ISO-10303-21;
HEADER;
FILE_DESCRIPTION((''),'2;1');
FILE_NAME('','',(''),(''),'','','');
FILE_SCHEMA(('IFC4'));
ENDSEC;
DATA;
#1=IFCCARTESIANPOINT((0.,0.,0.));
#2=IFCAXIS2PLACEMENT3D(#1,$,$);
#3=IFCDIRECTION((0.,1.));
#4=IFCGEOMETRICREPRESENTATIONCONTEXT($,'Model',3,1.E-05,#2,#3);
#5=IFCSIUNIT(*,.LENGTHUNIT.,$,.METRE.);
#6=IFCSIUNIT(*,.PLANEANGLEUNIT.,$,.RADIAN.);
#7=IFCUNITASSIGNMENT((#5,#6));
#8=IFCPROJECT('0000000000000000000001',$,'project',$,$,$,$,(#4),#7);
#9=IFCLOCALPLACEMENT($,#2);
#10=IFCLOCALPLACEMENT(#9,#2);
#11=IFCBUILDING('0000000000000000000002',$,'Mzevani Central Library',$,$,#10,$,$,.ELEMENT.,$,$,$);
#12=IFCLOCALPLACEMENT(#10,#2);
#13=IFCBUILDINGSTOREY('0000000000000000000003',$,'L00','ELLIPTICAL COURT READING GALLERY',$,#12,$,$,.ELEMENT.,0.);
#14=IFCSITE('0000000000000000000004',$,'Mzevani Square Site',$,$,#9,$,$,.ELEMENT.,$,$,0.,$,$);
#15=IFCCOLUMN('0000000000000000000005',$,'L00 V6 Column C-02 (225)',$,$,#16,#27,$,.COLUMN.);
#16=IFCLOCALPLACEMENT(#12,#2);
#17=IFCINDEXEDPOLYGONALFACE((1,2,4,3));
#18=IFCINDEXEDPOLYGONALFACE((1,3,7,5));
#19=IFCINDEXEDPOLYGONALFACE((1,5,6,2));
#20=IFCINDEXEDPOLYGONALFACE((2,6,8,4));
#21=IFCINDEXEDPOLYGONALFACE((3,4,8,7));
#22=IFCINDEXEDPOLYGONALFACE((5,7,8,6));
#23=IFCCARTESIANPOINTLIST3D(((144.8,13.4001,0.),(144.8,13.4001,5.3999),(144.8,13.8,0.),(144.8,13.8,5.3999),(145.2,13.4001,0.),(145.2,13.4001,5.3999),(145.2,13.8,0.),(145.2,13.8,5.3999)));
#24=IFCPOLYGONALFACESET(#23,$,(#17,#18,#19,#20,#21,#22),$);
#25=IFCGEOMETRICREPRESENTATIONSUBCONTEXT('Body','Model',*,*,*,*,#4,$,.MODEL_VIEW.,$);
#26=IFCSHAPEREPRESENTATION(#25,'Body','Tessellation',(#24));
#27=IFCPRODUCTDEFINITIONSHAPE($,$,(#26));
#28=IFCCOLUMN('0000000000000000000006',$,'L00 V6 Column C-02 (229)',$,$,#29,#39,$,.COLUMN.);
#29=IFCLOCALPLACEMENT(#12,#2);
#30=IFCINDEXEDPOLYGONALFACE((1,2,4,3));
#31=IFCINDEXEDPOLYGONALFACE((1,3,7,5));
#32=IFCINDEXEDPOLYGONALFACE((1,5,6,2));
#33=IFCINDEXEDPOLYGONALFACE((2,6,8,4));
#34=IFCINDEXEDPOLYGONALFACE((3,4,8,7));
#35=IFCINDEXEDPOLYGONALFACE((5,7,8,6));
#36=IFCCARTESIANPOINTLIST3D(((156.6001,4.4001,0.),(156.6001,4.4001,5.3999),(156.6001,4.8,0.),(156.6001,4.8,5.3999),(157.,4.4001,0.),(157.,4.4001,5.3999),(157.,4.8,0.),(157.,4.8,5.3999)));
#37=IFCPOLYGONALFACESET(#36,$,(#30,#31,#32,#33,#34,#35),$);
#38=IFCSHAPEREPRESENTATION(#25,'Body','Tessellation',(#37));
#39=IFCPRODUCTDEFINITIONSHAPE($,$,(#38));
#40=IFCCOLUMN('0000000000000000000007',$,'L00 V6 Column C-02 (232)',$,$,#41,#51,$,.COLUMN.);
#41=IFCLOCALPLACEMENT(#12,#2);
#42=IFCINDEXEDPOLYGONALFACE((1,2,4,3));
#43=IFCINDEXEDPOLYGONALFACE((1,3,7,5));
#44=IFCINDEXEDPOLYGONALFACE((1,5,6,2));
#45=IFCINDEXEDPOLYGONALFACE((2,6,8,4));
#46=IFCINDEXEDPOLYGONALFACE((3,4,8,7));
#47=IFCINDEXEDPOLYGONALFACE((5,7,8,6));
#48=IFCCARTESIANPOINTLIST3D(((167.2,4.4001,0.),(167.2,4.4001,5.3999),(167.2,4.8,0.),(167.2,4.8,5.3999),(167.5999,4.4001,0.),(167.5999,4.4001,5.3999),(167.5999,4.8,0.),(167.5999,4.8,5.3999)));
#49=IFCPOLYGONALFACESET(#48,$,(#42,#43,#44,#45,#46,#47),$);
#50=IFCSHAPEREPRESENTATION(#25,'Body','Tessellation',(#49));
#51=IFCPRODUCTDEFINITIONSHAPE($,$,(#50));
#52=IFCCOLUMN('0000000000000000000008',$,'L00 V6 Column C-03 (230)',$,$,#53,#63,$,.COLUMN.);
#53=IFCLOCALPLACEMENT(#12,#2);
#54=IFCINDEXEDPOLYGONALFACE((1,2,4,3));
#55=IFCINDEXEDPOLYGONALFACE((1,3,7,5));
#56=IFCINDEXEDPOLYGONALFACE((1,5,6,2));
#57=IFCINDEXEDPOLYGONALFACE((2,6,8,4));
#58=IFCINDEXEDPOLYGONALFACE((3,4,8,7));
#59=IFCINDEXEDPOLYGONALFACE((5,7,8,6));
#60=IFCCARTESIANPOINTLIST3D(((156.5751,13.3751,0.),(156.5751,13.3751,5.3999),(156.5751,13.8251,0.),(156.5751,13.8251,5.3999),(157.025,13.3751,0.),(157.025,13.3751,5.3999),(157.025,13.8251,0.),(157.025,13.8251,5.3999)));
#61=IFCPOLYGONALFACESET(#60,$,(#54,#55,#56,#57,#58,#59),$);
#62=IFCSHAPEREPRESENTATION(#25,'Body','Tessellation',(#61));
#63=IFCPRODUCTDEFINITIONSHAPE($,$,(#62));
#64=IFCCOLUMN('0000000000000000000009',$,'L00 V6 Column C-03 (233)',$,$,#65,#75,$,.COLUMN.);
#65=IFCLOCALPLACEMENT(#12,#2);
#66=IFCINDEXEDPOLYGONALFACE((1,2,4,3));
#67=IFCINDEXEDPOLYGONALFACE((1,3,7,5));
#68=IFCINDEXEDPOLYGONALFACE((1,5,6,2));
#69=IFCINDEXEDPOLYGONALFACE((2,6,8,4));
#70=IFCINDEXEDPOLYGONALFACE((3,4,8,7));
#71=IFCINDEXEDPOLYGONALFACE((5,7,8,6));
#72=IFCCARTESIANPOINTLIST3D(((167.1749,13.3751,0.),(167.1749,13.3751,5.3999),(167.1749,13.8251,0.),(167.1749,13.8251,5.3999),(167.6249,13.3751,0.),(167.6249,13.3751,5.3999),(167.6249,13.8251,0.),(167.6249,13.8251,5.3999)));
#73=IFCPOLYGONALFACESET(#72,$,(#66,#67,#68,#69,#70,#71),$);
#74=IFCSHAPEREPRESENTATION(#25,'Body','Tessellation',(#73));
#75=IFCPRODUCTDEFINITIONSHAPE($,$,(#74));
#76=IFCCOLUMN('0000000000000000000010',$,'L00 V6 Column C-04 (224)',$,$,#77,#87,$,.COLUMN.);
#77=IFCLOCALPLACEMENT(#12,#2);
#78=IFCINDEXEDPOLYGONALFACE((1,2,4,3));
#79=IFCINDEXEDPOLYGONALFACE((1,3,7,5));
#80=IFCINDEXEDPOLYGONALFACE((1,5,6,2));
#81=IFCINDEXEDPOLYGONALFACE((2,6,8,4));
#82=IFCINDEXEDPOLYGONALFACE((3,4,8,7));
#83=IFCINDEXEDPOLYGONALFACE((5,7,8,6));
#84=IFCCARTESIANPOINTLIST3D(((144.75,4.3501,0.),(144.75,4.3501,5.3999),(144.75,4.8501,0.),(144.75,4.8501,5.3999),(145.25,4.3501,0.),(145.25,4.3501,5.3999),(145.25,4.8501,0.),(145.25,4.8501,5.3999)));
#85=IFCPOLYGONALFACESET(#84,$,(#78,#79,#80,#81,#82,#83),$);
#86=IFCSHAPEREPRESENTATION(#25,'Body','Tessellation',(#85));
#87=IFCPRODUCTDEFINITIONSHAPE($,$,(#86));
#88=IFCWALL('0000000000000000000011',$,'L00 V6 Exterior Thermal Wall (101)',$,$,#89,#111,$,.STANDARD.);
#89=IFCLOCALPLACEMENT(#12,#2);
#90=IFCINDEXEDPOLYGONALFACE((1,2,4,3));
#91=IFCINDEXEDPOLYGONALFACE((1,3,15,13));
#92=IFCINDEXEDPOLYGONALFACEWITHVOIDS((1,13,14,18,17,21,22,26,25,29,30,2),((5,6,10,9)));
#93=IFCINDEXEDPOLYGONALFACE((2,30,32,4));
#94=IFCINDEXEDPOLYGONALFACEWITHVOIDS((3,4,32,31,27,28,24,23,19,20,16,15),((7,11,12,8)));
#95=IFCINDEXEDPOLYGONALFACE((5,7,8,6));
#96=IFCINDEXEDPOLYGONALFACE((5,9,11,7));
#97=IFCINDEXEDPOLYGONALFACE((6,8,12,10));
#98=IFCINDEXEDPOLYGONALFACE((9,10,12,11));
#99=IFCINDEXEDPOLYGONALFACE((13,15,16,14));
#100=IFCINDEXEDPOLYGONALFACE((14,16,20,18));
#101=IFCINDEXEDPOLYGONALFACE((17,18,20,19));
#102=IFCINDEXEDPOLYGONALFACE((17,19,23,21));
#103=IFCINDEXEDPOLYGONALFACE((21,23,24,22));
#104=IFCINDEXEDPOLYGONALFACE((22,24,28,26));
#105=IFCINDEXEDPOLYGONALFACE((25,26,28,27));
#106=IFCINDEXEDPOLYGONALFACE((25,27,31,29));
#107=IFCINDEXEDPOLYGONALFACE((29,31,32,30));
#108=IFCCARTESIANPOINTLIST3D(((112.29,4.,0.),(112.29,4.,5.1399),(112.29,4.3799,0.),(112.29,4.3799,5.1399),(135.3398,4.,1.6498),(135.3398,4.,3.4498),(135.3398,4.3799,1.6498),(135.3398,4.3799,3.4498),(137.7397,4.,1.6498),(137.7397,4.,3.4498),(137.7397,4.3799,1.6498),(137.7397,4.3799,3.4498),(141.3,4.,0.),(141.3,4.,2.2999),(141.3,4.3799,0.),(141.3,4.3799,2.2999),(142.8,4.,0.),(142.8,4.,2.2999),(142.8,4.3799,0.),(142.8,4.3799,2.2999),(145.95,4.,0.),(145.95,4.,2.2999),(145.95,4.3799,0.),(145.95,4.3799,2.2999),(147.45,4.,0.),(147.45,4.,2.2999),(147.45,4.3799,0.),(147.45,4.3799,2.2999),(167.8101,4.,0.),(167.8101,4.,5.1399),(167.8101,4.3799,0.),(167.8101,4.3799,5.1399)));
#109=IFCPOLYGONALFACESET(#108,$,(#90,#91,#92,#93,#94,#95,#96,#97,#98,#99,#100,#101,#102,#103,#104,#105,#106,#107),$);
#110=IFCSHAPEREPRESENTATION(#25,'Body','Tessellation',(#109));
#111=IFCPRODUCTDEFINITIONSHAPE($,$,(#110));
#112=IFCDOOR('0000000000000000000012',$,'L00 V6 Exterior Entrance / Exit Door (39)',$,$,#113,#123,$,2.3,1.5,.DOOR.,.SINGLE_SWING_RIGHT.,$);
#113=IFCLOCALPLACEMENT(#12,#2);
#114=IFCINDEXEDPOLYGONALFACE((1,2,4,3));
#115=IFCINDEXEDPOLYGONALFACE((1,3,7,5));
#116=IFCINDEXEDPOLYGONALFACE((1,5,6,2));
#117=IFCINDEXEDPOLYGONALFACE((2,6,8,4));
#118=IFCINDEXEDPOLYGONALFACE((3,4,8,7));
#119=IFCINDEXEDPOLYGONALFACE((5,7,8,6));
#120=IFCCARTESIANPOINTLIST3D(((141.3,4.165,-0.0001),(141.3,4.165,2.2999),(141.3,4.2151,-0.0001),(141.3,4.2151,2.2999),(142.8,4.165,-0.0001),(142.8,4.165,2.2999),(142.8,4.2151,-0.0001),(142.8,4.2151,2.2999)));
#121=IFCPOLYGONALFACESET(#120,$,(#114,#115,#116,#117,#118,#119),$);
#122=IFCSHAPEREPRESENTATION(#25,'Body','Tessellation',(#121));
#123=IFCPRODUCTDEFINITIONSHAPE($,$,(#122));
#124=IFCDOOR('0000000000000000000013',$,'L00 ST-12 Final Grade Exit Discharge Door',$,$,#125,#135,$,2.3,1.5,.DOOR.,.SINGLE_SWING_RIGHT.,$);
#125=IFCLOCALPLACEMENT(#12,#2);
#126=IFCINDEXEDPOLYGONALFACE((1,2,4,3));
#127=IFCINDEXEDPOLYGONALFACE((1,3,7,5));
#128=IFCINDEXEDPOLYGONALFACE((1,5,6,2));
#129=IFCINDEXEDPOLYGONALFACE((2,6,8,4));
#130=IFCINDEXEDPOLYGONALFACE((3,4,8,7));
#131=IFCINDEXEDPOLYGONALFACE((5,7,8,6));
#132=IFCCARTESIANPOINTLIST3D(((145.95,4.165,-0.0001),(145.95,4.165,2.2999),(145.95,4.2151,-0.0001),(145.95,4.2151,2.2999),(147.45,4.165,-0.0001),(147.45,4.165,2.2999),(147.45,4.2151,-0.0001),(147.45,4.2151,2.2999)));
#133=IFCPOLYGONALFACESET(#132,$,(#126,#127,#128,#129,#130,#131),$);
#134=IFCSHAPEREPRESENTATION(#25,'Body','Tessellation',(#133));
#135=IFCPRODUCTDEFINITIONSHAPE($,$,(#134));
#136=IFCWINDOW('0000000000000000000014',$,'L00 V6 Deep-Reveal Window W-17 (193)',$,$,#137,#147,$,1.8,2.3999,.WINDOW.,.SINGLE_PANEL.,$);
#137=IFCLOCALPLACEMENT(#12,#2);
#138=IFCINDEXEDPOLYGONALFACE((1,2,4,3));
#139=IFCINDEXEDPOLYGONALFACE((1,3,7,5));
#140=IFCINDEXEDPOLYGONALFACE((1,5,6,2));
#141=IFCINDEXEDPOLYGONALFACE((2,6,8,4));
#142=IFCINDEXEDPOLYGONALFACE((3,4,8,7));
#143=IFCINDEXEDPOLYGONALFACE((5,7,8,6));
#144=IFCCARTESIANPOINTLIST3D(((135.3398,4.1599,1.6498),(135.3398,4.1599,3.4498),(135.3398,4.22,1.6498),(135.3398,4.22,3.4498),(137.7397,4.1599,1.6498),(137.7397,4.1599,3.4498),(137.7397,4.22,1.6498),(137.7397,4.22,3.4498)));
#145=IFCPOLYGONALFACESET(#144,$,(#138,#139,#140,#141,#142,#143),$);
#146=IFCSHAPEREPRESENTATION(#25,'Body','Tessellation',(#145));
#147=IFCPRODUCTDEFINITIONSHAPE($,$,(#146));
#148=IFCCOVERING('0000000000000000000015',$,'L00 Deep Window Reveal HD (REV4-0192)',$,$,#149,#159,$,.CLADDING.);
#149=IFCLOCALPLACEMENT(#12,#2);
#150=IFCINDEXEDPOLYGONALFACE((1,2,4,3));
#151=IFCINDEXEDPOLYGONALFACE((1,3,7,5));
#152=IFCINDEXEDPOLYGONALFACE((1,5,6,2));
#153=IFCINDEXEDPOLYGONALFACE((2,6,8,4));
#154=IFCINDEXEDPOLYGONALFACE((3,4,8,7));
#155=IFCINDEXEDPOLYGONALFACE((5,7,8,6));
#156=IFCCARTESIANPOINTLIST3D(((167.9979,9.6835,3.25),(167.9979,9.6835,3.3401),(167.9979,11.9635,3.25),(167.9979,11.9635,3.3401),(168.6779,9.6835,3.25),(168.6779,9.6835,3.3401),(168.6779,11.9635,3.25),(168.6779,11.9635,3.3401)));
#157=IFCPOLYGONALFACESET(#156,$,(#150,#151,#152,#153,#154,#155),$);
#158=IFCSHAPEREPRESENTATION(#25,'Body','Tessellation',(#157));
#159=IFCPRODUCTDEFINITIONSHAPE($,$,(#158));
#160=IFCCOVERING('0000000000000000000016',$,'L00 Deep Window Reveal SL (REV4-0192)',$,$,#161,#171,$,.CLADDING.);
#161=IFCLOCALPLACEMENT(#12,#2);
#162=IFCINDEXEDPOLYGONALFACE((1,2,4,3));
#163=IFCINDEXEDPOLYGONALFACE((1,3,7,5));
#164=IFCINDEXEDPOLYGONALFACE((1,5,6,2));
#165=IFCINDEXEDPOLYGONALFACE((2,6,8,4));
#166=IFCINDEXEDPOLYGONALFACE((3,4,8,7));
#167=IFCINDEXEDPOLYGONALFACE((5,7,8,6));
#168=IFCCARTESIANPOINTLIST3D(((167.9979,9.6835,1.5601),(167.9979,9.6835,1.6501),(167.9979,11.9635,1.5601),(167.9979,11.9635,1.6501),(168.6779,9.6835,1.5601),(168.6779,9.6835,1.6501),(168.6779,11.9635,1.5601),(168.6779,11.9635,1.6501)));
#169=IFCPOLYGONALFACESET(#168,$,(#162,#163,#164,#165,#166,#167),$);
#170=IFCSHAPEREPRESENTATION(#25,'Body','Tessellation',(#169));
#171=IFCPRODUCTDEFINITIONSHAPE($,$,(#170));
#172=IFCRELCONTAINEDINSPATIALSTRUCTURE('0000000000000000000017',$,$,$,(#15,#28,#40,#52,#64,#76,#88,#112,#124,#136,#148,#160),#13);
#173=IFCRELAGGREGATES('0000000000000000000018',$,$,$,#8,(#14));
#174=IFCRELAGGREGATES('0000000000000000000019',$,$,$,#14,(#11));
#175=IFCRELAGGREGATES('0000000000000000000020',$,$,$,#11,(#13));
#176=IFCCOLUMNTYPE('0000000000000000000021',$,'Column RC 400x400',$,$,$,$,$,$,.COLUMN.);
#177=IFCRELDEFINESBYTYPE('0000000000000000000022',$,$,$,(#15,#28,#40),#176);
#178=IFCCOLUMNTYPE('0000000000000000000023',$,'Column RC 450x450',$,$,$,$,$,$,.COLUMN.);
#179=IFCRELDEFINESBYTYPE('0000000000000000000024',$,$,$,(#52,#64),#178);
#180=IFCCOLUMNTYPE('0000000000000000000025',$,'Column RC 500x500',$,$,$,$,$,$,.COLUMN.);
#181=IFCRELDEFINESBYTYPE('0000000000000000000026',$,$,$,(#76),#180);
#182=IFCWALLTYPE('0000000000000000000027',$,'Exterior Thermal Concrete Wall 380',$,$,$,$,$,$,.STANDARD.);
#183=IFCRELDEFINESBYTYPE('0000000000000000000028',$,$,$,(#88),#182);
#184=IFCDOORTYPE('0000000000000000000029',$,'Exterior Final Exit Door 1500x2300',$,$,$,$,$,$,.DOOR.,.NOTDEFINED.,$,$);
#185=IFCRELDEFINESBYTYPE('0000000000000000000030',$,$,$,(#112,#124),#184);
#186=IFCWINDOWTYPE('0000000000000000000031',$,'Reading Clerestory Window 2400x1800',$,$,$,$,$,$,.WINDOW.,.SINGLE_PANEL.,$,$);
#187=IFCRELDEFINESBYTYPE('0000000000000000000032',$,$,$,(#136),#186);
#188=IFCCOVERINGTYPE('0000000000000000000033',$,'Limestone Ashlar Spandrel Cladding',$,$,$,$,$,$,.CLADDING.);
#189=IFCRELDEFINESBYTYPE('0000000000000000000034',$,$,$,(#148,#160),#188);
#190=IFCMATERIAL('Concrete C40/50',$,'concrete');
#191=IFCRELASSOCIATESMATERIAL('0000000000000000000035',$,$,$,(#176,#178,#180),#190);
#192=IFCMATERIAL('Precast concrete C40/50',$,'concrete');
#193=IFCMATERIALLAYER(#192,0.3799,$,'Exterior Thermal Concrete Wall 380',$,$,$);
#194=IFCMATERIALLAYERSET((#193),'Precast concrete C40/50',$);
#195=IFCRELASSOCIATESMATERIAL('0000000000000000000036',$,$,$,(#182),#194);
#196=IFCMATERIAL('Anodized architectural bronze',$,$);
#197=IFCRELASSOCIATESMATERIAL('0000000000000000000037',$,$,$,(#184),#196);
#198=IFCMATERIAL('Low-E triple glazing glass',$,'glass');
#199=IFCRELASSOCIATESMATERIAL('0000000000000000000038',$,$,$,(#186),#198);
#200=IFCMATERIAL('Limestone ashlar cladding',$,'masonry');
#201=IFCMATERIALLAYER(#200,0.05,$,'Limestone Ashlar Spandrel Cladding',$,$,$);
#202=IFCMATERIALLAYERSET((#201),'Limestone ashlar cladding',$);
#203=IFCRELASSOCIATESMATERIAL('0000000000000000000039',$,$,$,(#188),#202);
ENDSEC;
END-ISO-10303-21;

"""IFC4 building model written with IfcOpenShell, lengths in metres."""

from ifc_helpers import new_model, si_unit, direction, frame, frame_2d, origin, origin_2d, place, context, subcontext, project, spatial, rectangle, extrude, material, layer, layer_set, material_profile, profile_set, type_object, element, fill, save


model = new_model("IFC4")

# Units and contexts
model_context = context("Model", 3, precision=1e-05, world=origin(), true_north=direction((0.0, 1.0)))
body_context = subcontext(model_context, "Body", "Model", "MODEL_VIEW")
ifc_project = project(units=[si_unit("LENGTHUNIT", "METRE"), si_unit("PLANEANGLEUNIT", "RADIAN")], contexts=[model_context])

# Site, building, storey
site_placement = place(None, origin())
site = spatial("IfcSite", under=ifc_project, at=site_placement, Name="Mzevani Square Site", CompositionType="ELEMENT", RefElevation=0.0)
building_placement = place(site_placement, origin())
building = spatial("IfcBuilding", under=site, at=building_placement, Name="Mzevani Central Library", CompositionType="ELEMENT")
storey_placement = place(building_placement, origin())
storey = spatial("IfcBuildingStorey", under=building, at=storey_placement, Name="L00", Description="ELLIPTICAL COURT READING GALLERY", CompositionType="ELEMENT", Elevation=0.0)

# Columns
ifc_material_1 = material(Name="Concrete C40/50", Category="concrete")
ifc_material_profile_1 = material_profile(ifc_material_1, rectangle(XDim=0.3999, YDim=0.3999, at=origin_2d()), Name="RC 400x400")
ifc_profile_set_1 = profile_set([ifc_material_profile_1], Name="Concrete C40/50")
column_type_1 = type_object("IfcColumnType", Name="Column RC 400x400", PredefinedType="COLUMN", material=ifc_profile_set_1)
for number, where, z_axis, x_axis, name in (
    (1, (145.0, 13.6001, 0.0), (0.0, 0.0, 1.0), (1.0, 0.0, 0.0), "L00 V6 Column C-02 (225)"),
    (2, (156.8, 4.6001, 0.0), (0.0, 0.0, 1.0), (1.0, 0.0, 0.0), "L00 V6 Column C-02 (229)"),
    (3, (167.3999, 4.6001, 0.0), (0.0, 0.0, 1.0), (1.0, 0.0, 0.0), "L00 V6 Column C-02 (232)"),
):
    element("IfcColumn", number, at=place(storey_placement, frame(where, z_axis=z_axis, x_axis=x_axis)), inside=storey, type_object=column_type_1, Name=name, PredefinedType="COLUMN", context=body_context, shape_type="SweptSolid", body=[
        extrude(rectangle(XDim=0.3999, YDim=0.3999, at=origin_2d()), origin(), (0.0, 0.0, 1.0), 5.3999),
    ])
ifc_material_profile_2 = material_profile(ifc_material_1, rectangle(XDim=0.45, YDim=0.45, at=origin_2d()), Name="RC 450x450")
ifc_profile_set_2 = profile_set([ifc_material_profile_2], Name="Concrete C40/50")
column_type_2 = type_object("IfcColumnType", Name="Column RC 450x450", PredefinedType="COLUMN", material=ifc_profile_set_2)
for number, where, z_axis, x_axis, name in (
    (4, (156.8, 13.6001, 0.0), (0.0, 0.0, 1.0), (1.0, 0.0, 0.0), "L00 V6 Column C-03 (230)"),
    (5, (167.3999, 13.6001, 0.0), (0.0, 0.0, 1.0), (1.0, 0.0, 0.0), "L00 V6 Column C-03 (233)"),
):
    element("IfcColumn", number, at=place(storey_placement, frame(where, z_axis=z_axis, x_axis=x_axis)), inside=storey, type_object=column_type_2, Name=name, PredefinedType="COLUMN", context=body_context, shape_type="SweptSolid", body=[
        extrude(rectangle(XDim=0.45, YDim=0.45, at=origin_2d()), origin(), (0.0, 0.0, 1.0), 5.3999),
    ])
ifc_material_profile_3 = material_profile(ifc_material_1, rectangle(XDim=0.5, YDim=0.5, at=origin_2d()), Name="RC 500x500")
ifc_profile_set_3 = profile_set([ifc_material_profile_3], Name="Concrete C40/50")
column_type_3 = type_object("IfcColumnType", Name="Column RC 500x500", PredefinedType="COLUMN", material=ifc_profile_set_3)
column_placement = place(storey_placement, frame((145.0, 4.6001, 0.0), z_axis=(0.0, 0.0, 1.0), x_axis=(1.0, 0.0, 0.0)))
element("IfcColumn", 6, at=column_placement, inside=storey, type_object=column_type_3, Name="L00 V6 Column C-04 (224)", PredefinedType="COLUMN", context=body_context, shape_type="SweptSolid", body=[
    extrude(rectangle(XDim=0.5, YDim=0.5, at=origin_2d()), origin(), (0.0, 0.0, 1.0), 5.3999),
])

# Wall, openings, doors, window
ifc_material_2 = material(Name="Precast concrete C40/50", Category="concrete")
ifc_layer_1 = layer(ifc_material_2, 0.3799, Name="Exterior Thermal Concrete Wall 380")
ifc_layer_set_1 = layer_set([ifc_layer_1], Name="Precast concrete C40/50")
wall_type = type_object("IfcWallType", Name="Exterior Thermal Concrete Wall 380", PredefinedType="STANDARD", material=ifc_layer_set_1)
wall_placement = place(storey_placement, frame((167.8101, 4.1899, 0.0), z_axis=(0.0, 0.0, 1.0), x_axis=(-1.0, 0.0, 0.0)))
wall = element("IfcWall", 7, at=wall_placement, inside=storey, type_object=wall_type, Name="L00 V6 Exterior Thermal Wall (101)", PredefinedType="STANDARD", context=body_context, shape_type="SweptSolid", body=[
    extrude(rectangle(XDim=55.52, YDim=0.3799, at=frame_2d((27.76, 0.0))), origin(), (0.0, 0.0, 1.0), 5.1399),
])
opening_1_placement = place(wall_placement, frame((25.01, 0.0, 0.0)))
opening_1 = element("IfcOpeningElement", 8, at=opening_1_placement, cuts=wall, PredefinedType="OPENING", context=body_context, shape_type="SweptSolid", body=[
    extrude(rectangle(XDim=1.5, YDim=2.3, at=frame_2d((0.75, 1.1499))), frame((0.0, 0.2, 0.0), z_axis=(0.0, -1.0, 0.0), x_axis=(1.0, 0.0, 0.0)), (0.0, 0.0, 1.0), 0.3999),
])
opening_2_placement = place(wall_placement, frame((30.0703, 0.0, 1.6499)))
opening_2 = element("IfcOpeningElement", 9, at=opening_2_placement, cuts=wall, PredefinedType="OPENING", context=body_context, shape_type="SweptSolid", body=[
    extrude(rectangle(XDim=2.3999, YDim=1.8, at=frame_2d((1.2, 0.8999))), frame((0.0, 0.2, 0.0), z_axis=(0.0, -1.0, 0.0), x_axis=(1.0, 0.0, 0.0)), (0.0, 0.0, 1.0), 0.3999),
])
opening_3_placement = place(wall_placement, frame((20.3601, 0.0, 0.0)))
opening_3 = element("IfcOpeningElement", 10, at=opening_3_placement, cuts=wall, PredefinedType="OPENING", context=body_context, shape_type="SweptSolid", body=[
    extrude(rectangle(XDim=1.5, YDim=2.3, at=frame_2d((0.75, 1.1499))), frame((0.0, 0.2, 0.0), z_axis=(0.0, -1.0, 0.0), x_axis=(1.0, 0.0, 0.0)), (0.0, 0.0, 1.0), 0.3999),
])
ifc_material_3 = material(Name="Anodized architectural bronze")
door_type = type_object("IfcDoorType", Name="Exterior Final Exit Door 1500x2300", OperationType="NOTDEFINED", PredefinedType="DOOR", material=ifc_material_3)
door_1_placement = place(opening_1_placement, origin())
door_1 = element("IfcDoor", 11, at=door_1_placement, inside=storey, type_object=door_type, Name="L00 V6 Exterior Entrance / Exit Door (39)", OperationType="SINGLE_SWING_RIGHT", OverallHeight=2.3, OverallWidth=1.5, PredefinedType="DOOR", context=body_context, shape_type="SweptSolid", body=[
    extrude(rectangle(XDim=1.5, YDim=2.3, at=frame_2d((0.75, 1.1499))), frame((0.0, 0.0249, 0.0), z_axis=(0.0, -1.0, 0.0), x_axis=(1.0, 0.0, 0.0)), (0.0, 0.0, 1.0), 0.05),
])
fill(opening_1, door_1)
door_2_placement = place(opening_3_placement, origin())
door_2 = element("IfcDoor", 12, at=door_2_placement, inside=storey, type_object=door_type, Name="L00 ST-12 Final Grade Exit Discharge Door", OperationType="SINGLE_SWING_RIGHT", OverallHeight=2.3, OverallWidth=1.5, PredefinedType="DOOR", context=body_context, shape_type="SweptSolid", body=[
    extrude(rectangle(XDim=1.5, YDim=2.3, at=frame_2d((0.75, 1.1499))), frame((0.0, 0.0249, 0.0), z_axis=(0.0, -1.0, 0.0), x_axis=(1.0, 0.0, 0.0)), (0.0, 0.0, 1.0), 0.05),
])
fill(opening_3, door_2)
ifc_material_4 = material(Name="Low-E triple glazing glass", Category="glass")
window_type = type_object("IfcWindowType", Name="Reading Clerestory Window 2400x1800", PartitioningType="SINGLE_PANEL", PredefinedType="WINDOW", material=ifc_material_4)
window_placement = place(opening_2_placement, origin())
window = element("IfcWindow", 13, at=window_placement, inside=storey, type_object=window_type, Name="L00 V6 Deep-Reveal Window W-17 (193)", OverallHeight=1.8, OverallWidth=2.3999, PartitioningType="SINGLE_PANEL", PredefinedType="WINDOW", context=body_context, shape_type="SweptSolid", body=[
    extrude(rectangle(XDim=2.3999, YDim=1.8, at=frame_2d((1.2, 0.8999))), frame((0.0, 0.03, 0.0), z_axis=(0.0, -1.0, 0.0), x_axis=(1.0, 0.0, 0.0)), (0.0, 0.0, 1.0), 0.0601),
])
fill(opening_2, window)

# Coverings
ifc_material_5 = material(Name="Limestone ashlar cladding", Category="masonry")
ifc_layer_2 = layer(ifc_material_5, 0.05, Name="Limestone Ashlar Spandrel Cladding")
ifc_layer_set_2 = layer_set([ifc_layer_2], Name="Limestone ashlar cladding")
covering_type_1 = type_object("IfcCoveringType", Name="Limestone Ashlar Spandrel Cladding", PredefinedType="CLADDING", material=ifc_layer_set_2)
for number, where, z_axis, x_axis, name in (
    (14, (168.3379, 10.8235, 3.25), (0.0, 0.0, 1.0), (0.0, -1.0, 0.0), "L00 Deep Window Reveal HD (REV4-0192)"),
    (15, (168.3379, 10.8235, 1.5601), (0.0, 0.0, 1.0), (0.0, -1.0, 0.0), "L00 Deep Window Reveal SL (REV4-0192)"),
):
    element("IfcCovering", number, at=place(storey_placement, frame(where, z_axis=z_axis, x_axis=x_axis)), inside=storey, type_object=covering_type_1, Name=name, PredefinedType="CLADDING", context=body_context, shape_type="SweptSolid", body=[
        extrude(rectangle(XDim=2.28, YDim=0.6799, at=origin_2d()), origin(), (0.0, 0.0, 1.0), 0.0901),
    ])

save(model, "model.ifc")
